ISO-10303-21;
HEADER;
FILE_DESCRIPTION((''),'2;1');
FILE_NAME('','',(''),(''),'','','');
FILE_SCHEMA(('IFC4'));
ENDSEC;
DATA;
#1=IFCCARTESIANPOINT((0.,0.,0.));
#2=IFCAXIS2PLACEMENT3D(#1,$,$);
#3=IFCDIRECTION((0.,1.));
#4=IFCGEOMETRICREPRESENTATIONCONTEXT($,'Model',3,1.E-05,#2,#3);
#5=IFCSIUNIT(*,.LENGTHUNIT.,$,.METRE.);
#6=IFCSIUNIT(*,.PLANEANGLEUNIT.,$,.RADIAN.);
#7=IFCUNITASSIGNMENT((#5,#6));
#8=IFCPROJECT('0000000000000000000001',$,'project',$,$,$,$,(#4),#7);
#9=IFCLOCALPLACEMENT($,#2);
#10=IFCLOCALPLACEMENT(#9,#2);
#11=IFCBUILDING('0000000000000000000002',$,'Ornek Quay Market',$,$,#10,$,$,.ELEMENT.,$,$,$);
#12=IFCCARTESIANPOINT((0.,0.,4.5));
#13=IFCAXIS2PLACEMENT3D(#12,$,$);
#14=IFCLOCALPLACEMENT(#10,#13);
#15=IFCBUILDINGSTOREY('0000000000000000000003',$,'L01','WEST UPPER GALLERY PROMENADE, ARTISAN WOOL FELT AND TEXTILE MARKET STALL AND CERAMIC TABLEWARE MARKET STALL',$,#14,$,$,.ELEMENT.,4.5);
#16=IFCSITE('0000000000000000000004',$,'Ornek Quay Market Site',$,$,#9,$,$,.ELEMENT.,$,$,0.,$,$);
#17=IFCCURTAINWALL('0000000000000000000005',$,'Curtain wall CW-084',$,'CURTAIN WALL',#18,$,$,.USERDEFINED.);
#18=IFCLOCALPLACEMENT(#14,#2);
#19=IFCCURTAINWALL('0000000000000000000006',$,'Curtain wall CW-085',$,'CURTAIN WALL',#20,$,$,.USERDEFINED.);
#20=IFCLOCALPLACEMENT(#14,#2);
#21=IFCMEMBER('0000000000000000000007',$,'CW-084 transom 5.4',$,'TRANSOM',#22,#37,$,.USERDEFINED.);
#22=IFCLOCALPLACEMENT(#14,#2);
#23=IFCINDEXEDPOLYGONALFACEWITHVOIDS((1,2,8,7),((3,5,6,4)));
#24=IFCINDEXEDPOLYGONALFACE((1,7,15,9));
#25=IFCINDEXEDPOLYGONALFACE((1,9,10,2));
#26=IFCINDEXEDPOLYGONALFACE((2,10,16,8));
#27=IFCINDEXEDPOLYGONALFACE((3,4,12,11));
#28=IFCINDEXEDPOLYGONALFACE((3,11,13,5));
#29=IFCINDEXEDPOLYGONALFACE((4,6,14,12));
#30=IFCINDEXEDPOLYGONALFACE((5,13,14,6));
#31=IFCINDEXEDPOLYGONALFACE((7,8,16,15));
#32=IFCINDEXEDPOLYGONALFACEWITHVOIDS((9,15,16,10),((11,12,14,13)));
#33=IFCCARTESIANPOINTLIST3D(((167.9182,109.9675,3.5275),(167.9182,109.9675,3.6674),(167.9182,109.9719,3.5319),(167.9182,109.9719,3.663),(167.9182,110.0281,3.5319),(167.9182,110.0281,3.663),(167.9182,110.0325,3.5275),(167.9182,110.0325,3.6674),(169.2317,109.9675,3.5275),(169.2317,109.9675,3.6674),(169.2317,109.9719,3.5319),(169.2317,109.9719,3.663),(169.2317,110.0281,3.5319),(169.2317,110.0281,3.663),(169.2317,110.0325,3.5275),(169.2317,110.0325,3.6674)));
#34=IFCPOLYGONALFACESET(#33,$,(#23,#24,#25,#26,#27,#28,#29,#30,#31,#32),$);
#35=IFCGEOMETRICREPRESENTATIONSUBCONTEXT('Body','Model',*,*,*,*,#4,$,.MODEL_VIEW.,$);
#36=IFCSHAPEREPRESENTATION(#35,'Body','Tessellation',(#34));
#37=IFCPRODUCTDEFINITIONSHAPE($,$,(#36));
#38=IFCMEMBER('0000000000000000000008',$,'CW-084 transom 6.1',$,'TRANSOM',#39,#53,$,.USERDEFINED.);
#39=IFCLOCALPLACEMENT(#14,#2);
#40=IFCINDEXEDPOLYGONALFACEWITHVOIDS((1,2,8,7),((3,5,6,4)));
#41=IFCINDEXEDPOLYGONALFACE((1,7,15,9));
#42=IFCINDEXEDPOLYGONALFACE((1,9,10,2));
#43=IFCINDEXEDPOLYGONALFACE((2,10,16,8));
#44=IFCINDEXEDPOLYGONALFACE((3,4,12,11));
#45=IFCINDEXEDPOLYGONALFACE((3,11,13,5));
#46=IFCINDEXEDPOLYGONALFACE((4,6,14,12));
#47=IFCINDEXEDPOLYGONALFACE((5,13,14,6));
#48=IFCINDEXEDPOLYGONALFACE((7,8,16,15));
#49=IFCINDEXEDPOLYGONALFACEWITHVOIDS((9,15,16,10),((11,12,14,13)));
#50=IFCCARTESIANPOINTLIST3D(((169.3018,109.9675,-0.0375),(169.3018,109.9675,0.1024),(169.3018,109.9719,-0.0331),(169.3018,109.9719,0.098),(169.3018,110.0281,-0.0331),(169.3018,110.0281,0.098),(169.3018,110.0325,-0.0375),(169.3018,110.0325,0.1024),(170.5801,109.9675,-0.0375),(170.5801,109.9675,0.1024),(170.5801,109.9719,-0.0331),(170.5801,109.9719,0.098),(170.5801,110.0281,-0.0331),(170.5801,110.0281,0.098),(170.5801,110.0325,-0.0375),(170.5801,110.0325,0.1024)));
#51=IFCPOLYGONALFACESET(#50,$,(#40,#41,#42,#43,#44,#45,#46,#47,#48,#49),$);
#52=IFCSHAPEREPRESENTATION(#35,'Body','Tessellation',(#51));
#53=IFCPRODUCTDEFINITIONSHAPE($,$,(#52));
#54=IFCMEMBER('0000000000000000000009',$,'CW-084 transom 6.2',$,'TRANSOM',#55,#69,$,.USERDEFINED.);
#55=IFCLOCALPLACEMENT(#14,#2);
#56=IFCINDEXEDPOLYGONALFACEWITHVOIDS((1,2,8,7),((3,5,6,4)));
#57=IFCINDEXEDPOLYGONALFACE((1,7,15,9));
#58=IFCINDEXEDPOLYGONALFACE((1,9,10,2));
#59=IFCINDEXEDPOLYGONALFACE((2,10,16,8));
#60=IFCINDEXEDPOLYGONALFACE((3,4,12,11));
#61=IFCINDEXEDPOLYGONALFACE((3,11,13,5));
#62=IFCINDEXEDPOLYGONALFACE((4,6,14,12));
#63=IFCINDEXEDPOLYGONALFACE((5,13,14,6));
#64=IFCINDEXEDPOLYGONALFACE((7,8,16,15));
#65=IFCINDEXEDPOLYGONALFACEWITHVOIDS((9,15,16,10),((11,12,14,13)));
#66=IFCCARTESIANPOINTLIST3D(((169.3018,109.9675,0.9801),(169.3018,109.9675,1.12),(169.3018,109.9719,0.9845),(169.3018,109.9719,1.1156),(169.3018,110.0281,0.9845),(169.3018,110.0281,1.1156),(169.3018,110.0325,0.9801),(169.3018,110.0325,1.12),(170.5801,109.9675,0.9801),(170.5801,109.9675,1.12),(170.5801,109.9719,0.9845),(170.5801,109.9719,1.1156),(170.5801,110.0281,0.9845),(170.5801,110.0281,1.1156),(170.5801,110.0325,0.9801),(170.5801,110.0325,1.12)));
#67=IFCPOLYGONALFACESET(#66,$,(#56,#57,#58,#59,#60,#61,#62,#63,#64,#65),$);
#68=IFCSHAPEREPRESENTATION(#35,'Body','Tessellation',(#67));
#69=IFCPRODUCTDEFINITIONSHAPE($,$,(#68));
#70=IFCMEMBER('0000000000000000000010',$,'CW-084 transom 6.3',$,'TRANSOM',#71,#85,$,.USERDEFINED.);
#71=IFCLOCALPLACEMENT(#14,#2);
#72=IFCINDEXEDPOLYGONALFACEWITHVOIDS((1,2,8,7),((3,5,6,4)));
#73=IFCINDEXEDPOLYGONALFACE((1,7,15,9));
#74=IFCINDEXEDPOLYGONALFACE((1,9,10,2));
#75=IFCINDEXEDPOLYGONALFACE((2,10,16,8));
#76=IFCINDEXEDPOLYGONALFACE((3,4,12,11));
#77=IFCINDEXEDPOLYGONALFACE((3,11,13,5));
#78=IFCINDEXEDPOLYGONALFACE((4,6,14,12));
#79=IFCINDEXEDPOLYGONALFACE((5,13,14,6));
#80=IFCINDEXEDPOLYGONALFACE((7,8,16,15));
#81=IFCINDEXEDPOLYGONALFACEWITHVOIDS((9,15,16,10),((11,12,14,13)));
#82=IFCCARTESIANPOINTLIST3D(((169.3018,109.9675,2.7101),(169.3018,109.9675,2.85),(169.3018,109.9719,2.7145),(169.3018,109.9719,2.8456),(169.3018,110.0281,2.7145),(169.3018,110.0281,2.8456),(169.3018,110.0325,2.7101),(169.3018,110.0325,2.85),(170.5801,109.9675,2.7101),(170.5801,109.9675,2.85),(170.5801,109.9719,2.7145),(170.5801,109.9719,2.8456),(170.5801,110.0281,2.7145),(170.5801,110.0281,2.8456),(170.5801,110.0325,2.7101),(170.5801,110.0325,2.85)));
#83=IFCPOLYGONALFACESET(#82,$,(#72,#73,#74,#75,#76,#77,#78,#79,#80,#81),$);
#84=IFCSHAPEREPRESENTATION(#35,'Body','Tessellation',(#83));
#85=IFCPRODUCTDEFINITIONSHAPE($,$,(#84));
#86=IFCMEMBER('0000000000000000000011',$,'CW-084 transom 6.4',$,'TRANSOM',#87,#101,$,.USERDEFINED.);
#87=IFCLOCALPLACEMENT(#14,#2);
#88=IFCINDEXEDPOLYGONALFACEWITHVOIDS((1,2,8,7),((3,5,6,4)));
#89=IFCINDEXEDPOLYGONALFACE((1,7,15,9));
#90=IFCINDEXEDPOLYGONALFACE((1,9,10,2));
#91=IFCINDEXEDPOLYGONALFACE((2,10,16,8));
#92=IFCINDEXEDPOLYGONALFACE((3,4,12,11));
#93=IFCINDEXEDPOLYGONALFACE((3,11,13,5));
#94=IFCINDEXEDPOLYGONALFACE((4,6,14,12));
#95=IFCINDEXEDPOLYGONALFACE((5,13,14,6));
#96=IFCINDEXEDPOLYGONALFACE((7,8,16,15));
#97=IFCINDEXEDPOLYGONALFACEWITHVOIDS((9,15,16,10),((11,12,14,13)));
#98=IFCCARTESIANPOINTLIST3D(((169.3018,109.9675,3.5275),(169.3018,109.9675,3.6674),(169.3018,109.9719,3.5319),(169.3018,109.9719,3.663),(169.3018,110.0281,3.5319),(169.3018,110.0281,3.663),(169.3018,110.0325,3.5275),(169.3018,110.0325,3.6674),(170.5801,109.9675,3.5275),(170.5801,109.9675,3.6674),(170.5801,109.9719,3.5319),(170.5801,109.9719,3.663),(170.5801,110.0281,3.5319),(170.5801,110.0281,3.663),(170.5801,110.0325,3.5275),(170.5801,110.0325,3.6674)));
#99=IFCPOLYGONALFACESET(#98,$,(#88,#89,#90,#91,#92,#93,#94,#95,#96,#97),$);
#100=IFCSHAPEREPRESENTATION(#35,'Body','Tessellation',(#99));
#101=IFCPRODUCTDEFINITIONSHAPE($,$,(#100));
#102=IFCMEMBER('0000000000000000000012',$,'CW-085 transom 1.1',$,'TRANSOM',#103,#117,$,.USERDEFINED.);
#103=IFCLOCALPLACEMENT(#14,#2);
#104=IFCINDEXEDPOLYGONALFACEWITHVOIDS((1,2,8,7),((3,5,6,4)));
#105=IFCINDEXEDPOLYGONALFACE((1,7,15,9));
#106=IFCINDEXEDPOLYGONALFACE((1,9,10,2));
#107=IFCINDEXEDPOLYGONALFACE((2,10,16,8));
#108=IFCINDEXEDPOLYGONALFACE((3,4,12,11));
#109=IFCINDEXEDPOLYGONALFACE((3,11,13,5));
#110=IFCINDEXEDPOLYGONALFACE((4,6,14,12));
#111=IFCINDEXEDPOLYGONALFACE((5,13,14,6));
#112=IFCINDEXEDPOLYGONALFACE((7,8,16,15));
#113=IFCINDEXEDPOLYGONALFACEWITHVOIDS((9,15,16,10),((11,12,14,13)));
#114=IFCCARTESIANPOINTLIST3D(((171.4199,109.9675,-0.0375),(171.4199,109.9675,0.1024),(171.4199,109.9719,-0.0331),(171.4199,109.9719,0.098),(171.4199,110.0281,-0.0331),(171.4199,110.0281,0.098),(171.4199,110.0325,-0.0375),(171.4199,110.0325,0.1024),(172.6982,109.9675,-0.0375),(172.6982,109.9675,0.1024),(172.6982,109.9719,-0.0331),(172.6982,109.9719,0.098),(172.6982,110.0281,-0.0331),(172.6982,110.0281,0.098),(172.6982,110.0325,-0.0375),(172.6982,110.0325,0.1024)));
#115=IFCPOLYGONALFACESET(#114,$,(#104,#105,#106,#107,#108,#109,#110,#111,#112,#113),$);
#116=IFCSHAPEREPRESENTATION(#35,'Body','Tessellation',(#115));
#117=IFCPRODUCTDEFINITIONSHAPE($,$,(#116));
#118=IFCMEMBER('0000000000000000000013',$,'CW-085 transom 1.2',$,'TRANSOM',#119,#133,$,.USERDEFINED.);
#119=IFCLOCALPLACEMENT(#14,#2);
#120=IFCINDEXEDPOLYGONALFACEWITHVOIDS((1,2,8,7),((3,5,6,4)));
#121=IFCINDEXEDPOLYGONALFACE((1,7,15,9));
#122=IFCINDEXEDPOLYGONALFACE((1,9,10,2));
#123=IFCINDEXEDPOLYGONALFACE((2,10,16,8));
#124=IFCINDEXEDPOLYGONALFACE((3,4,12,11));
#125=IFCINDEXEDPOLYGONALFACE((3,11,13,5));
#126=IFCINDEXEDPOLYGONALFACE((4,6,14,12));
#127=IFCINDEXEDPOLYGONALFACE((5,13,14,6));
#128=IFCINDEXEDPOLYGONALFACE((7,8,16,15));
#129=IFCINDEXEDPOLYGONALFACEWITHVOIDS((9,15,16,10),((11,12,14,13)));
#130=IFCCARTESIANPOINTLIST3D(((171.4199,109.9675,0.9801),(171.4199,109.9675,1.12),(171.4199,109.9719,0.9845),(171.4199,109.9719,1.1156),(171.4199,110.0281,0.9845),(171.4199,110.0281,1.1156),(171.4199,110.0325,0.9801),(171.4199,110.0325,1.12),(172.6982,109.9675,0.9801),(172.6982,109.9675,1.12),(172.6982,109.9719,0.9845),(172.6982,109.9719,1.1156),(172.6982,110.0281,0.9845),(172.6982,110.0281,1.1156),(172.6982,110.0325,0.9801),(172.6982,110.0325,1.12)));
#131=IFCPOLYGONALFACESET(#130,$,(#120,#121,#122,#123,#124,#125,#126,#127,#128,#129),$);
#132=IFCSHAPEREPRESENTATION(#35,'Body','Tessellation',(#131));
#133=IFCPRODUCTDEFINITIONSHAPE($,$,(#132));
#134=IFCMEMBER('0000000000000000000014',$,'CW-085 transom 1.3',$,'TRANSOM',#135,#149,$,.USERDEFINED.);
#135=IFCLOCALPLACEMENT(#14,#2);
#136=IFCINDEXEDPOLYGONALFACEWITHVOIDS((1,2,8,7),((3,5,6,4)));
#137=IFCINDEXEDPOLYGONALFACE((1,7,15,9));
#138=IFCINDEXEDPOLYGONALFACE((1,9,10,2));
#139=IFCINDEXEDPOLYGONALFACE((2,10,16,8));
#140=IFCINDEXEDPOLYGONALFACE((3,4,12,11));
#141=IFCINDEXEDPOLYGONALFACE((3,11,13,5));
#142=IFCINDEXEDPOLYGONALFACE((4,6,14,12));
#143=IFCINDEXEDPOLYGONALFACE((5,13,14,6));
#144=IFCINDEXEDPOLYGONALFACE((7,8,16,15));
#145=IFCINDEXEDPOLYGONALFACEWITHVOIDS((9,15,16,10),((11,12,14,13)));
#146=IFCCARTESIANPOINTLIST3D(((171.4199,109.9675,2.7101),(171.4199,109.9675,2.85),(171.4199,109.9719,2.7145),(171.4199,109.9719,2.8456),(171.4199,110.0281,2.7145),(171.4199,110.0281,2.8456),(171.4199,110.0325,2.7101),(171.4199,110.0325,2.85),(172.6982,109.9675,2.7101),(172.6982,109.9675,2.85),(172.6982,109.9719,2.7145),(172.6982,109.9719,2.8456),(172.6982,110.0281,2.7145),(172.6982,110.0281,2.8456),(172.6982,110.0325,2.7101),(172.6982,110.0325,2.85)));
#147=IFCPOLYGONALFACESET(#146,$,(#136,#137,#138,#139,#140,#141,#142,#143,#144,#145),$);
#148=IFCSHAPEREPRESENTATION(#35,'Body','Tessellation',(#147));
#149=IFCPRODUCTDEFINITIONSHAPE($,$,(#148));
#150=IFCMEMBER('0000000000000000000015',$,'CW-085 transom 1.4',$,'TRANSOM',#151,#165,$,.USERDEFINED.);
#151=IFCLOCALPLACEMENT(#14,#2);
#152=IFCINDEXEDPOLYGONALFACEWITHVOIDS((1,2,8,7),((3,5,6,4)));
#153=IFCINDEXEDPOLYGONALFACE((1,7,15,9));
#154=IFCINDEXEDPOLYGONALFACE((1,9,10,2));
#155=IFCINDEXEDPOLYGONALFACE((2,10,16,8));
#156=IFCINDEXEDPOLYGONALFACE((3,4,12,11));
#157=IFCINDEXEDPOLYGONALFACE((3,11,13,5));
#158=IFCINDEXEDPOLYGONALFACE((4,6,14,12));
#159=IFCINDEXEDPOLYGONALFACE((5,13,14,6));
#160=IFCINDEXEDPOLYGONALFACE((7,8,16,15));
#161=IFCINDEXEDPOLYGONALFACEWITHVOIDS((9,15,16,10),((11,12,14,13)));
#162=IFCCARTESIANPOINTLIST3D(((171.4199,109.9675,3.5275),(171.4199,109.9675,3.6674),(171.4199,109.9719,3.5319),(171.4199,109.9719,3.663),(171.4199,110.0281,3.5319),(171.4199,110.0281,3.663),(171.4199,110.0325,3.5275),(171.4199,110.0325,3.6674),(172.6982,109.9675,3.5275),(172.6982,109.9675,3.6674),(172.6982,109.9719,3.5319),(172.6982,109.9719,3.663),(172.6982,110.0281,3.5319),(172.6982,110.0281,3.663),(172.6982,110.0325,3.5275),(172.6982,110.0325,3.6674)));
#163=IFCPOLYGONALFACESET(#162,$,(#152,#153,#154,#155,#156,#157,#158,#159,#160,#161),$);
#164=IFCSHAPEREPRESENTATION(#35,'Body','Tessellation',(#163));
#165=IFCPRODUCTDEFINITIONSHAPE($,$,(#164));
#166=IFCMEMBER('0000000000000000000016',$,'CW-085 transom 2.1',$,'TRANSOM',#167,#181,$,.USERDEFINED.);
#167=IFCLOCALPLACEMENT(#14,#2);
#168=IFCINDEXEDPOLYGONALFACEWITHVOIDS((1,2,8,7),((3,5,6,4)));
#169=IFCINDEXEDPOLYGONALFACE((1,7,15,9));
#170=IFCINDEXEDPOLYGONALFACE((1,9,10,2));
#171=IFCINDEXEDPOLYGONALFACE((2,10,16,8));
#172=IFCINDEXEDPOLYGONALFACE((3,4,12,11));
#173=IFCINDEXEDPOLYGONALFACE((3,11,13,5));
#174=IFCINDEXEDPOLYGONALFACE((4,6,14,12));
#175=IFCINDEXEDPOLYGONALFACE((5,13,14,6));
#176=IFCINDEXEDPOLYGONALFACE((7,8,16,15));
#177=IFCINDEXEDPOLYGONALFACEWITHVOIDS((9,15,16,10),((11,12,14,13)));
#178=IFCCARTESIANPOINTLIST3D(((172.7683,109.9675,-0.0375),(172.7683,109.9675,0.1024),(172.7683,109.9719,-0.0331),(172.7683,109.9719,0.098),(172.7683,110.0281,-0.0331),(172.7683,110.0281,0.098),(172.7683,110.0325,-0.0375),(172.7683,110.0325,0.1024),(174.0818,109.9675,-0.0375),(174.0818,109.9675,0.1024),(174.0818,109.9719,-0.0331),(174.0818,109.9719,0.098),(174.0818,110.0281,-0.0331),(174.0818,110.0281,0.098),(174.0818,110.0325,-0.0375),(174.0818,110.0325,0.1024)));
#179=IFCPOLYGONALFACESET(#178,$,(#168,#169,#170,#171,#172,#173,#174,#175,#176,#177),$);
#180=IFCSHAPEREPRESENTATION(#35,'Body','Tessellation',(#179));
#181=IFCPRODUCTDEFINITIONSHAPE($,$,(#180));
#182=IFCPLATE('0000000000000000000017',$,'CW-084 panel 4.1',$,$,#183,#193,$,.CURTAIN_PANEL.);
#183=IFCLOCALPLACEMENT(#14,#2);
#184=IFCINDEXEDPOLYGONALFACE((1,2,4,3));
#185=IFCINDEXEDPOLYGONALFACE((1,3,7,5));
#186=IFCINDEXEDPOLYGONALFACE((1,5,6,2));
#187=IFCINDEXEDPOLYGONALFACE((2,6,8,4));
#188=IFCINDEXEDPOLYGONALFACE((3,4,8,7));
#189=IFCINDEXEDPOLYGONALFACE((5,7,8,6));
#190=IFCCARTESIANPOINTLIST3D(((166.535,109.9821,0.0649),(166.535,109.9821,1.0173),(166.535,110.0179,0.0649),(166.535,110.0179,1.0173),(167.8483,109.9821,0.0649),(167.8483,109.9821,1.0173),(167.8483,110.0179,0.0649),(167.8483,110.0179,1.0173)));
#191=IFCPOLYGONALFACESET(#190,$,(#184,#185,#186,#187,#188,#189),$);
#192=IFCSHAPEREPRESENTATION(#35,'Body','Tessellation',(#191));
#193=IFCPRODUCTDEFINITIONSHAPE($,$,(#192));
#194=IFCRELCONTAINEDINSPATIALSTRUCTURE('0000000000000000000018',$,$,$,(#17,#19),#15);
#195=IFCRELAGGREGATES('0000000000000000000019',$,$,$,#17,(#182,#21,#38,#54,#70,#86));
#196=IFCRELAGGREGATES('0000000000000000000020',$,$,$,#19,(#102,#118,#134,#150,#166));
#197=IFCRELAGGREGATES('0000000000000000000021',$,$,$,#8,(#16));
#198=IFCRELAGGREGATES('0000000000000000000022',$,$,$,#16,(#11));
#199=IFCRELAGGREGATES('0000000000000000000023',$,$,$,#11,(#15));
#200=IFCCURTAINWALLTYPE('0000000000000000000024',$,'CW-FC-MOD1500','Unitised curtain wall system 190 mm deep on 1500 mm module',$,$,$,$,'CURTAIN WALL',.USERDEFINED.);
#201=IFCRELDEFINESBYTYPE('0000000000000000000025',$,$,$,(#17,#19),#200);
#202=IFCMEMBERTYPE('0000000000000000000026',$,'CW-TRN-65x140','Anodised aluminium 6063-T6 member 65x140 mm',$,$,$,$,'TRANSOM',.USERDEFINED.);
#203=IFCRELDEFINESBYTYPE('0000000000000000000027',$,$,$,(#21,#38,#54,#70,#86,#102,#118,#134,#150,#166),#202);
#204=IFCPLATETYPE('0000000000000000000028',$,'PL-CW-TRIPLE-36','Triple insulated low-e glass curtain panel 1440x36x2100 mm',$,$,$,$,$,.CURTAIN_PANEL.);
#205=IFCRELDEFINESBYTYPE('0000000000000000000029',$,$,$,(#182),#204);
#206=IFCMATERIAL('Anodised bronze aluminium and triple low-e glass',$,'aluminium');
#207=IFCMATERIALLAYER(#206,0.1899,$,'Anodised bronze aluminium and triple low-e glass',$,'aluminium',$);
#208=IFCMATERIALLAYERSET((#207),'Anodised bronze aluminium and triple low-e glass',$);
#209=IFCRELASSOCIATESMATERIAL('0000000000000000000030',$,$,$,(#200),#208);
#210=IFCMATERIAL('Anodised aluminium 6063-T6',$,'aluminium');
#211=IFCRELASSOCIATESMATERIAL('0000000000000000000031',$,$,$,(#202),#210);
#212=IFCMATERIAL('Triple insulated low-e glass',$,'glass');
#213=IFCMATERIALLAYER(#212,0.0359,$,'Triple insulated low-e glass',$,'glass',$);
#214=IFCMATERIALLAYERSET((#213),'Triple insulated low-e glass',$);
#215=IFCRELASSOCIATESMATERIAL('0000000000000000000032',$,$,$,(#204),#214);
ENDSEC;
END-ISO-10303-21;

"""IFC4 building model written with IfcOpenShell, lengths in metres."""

from ifc_helpers import new_model, si_unit, direction, frame, origin, origin_2d, place, context, subcontext, project, spatial, rectangle, hollow_rectangle, extrude, material, layer, layer_set, material_profile, profile_set, type_object, element, aggregate, save


model = new_model("IFC4")

# Units and contexts
model_context = context("Model", 3, precision=1e-05, world=origin(), true_north=direction((0.0, 1.0)))
body_context = subcontext(model_context, "Body", "Model", "MODEL_VIEW")
ifc_project = project(units=[si_unit("LENGTHUNIT", "METRE"), si_unit("PLANEANGLEUNIT", "RADIAN")], contexts=[model_context])

# Site, building, storey
site_placement = place(None, origin())
site = spatial("IfcSite", under=ifc_project, at=site_placement, Name="Ornek Quay Market Site", CompositionType="ELEMENT", RefElevation=0.0)
building_placement = place(site_placement, origin())
building = spatial("IfcBuilding", under=site, at=building_placement, Name="Ornek Quay Market", CompositionType="ELEMENT")
storey_placement = place(building_placement, frame((0.0, 0.0, 4.5)))
storey = spatial("IfcBuildingStorey", under=building, at=storey_placement, Name="L01", Description="WEST UPPER GALLERY PROMENADE, ARTISAN WOOL FELT AND TEXTILE MARKET STALL AND CERAMIC TABLEWARE MARKET STALL", CompositionType="ELEMENT", Elevation=4.5)

# Curtain walls
ifc_material_1 = material(Name="Anodised bronze aluminium and triple low-e glass", Category="aluminium")
ifc_layer_1 = layer(ifc_material_1, 0.1899, Name="Anodised bronze aluminium and triple low-e glass", Category="aluminium")
ifc_layer_set_1 = layer_set([ifc_layer_1], Name="Anodised bronze aluminium and triple low-e glass")
curtain_wall_type = type_object("IfcCurtainWallType", Name="CW-FC-MOD1500", Description="Unitised curtain wall system 190 mm deep on 1500 mm module", ElementType="CURTAIN WALL", PredefinedType="USERDEFINED", material=ifc_layer_set_1)
curtain_wall_1_placement = place(storey_placement, origin())
curtain_wall_1 = element("IfcCurtainWall", 1, at=curtain_wall_1_placement, inside=storey, type_object=curtain_wall_type, Name="Curtain wall CW-084", ObjectType="CURTAIN WALL", PredefinedType="USERDEFINED")
ifc_material_2 = material(Name="Anodised aluminium 6063-T6", Category="aluminium")
curtain_wall_2_placement = place(storey_placement, origin())
curtain_wall_2 = element("IfcCurtainWall", 2, at=curtain_wall_2_placement, inside=storey, type_object=curtain_wall_type, Name="Curtain wall CW-085", ObjectType="CURTAIN WALL", PredefinedType="USERDEFINED")

# Members
ifc_material_profile_1 = material_profile(ifc_material_2, hollow_rectangle(XDim=0.0649, YDim=0.1399, WallThickness=0.0044, at=origin_2d()), Name="CW-TRN-65x140", Category="aluminium")
ifc_profile_set_1 = profile_set([ifc_material_profile_1], Name="Anodised aluminium 6063-T6")
member_type_1 = type_object("IfcMemberType", Name="CW-TRN-65x140", Description="Anodised aluminium 6063-T6 member 65x140 mm", ElementType="TRANSOM", PredefinedType="USERDEFINED", material=ifc_profile_set_1)
member_1_placement = place(storey_placement, frame((167.9182, 110.0, 3.5974), z_axis=(1.0, 0.0, 0.0), x_axis=(0.0, 1.0, 0.0)))
member_1 = element("IfcMember", 3, at=member_1_placement, type_object=member_type_1, Name="CW-084 transom 5.4", ObjectType="TRANSOM", PredefinedType="USERDEFINED", context=body_context, shape_type="SweptSolid", body=[
    extrude(hollow_rectangle(XDim=0.0649, YDim=0.1399, WallThickness=0.0044, at=origin_2d()), origin(), (0.0, 0.0, 1.0), 1.3135),
])
member_2_placement = place(storey_placement, frame((169.3018, 110.0, 0.0325), z_axis=(1.0, 0.0, 0.0), x_axis=(0.0, 1.0, 0.0)))
member_2 = element("IfcMember", 4, at=member_2_placement, type_object=member_type_1, Name="CW-084 transom 6.1", ObjectType="TRANSOM", PredefinedType="USERDEFINED", context=body_context, shape_type="SweptSolid", body=[
    extrude(hollow_rectangle(XDim=0.0649, YDim=0.1399, WallThickness=0.0044, at=origin_2d()), origin(), (0.0, 0.0, 1.0), 1.2783),
])
member_3_placement = place(storey_placement, frame((169.3018, 110.0, 1.05), z_axis=(1.0, 0.0, 0.0), x_axis=(0.0, 1.0, 0.0)))
member_3 = element("IfcMember", 5, at=member_3_placement, type_object=member_type_1, Name="CW-084 transom 6.2", ObjectType="TRANSOM", PredefinedType="USERDEFINED", context=body_context, shape_type="SweptSolid", body=[
    extrude(hollow_rectangle(XDim=0.0649, YDim=0.1399, WallThickness=0.0044, at=origin_2d()), origin(), (0.0, 0.0, 1.0), 1.2783),
])
member_4_placement = place(storey_placement, frame((169.3018, 110.0, 2.78), z_axis=(1.0, 0.0, 0.0), x_axis=(0.0, 1.0, 0.0)))
member_4 = element("IfcMember", 6, at=member_4_placement, type_object=member_type_1, Name="CW-084 transom 6.3", ObjectType="TRANSOM", PredefinedType="USERDEFINED", context=body_context, shape_type="SweptSolid", body=[
    extrude(hollow_rectangle(XDim=0.0649, YDim=0.1399, WallThickness=0.0044, at=origin_2d()), origin(), (0.0, 0.0, 1.0), 1.2783),
])
member_5_placement = place(storey_placement, frame((169.3018, 110.0, 3.5974), z_axis=(1.0, 0.0, 0.0), x_axis=(0.0, 1.0, 0.0)))
member_5 = element("IfcMember", 7, at=member_5_placement, type_object=member_type_1, Name="CW-084 transom 6.4", ObjectType="TRANSOM", PredefinedType="USERDEFINED", context=body_context, shape_type="SweptSolid", body=[
    extrude(hollow_rectangle(XDim=0.0649, YDim=0.1399, WallThickness=0.0044, at=origin_2d()), origin(), (0.0, 0.0, 1.0), 1.2783),
])
member_6_placement = place(storey_placement, frame((171.4199, 110.0, 0.0325), z_axis=(1.0, 0.0, 0.0), x_axis=(0.0, 1.0, 0.0)))
member_6 = element("IfcMember", 8, at=member_6_placement, type_object=member_type_1, Name="CW-085 transom 1.1", ObjectType="TRANSOM", PredefinedType="USERDEFINED", context=body_context, shape_type="SweptSolid", body=[
    extrude(hollow_rectangle(XDim=0.0649, YDim=0.1399, WallThickness=0.0044, at=origin_2d()), origin(), (0.0, 0.0, 1.0), 1.2783),
])
member_7_placement = place(storey_placement, frame((171.4199, 110.0, 1.05), z_axis=(1.0, 0.0, 0.0), x_axis=(0.0, 1.0, 0.0)))
member_7 = element("IfcMember", 9, at=member_7_placement, type_object=member_type_1, Name="CW-085 transom 1.2", ObjectType="TRANSOM", PredefinedType="USERDEFINED", context=body_context, shape_type="SweptSolid", body=[
    extrude(hollow_rectangle(XDim=0.0649, YDim=0.1399, WallThickness=0.0044, at=origin_2d()), origin(), (0.0, 0.0, 1.0), 1.2783),
])
member_8_placement = place(storey_placement, frame((171.4199, 110.0, 2.78), z_axis=(1.0, 0.0, 0.0), x_axis=(0.0, 1.0, 0.0)))
member_8 = element("IfcMember", 10, at=member_8_placement, type_object=member_type_1, Name="CW-085 transom 1.3", ObjectType="TRANSOM", PredefinedType="USERDEFINED", context=body_context, shape_type="SweptSolid", body=[
    extrude(hollow_rectangle(XDim=0.0649, YDim=0.1399, WallThickness=0.0044, at=origin_2d()), origin(), (0.0, 0.0, 1.0), 1.2783),
])
member_9_placement = place(storey_placement, frame((171.4199, 110.0, 3.5974), z_axis=(1.0, 0.0, 0.0), x_axis=(0.0, 1.0, 0.0)))
member_9 = element("IfcMember", 11, at=member_9_placement, type_object=member_type_1, Name="CW-085 transom 1.4", ObjectType="TRANSOM", PredefinedType="USERDEFINED", context=body_context, shape_type="SweptSolid", body=[
    extrude(hollow_rectangle(XDim=0.0649, YDim=0.1399, WallThickness=0.0044, at=origin_2d()), origin(), (0.0, 0.0, 1.0), 1.2783),
])
member_10_placement = place(storey_placement, frame((172.7683, 110.0, 0.0325), z_axis=(1.0, 0.0, 0.0), x_axis=(0.0, 1.0, 0.0)))
member_10 = element("IfcMember", 12, at=member_10_placement, type_object=member_type_1, Name="CW-085 transom 2.1", ObjectType="TRANSOM", PredefinedType="USERDEFINED", context=body_context, shape_type="SweptSolid", body=[
    extrude(hollow_rectangle(XDim=0.0649, YDim=0.1399, WallThickness=0.0044, at=origin_2d()), origin(), (0.0, 0.0, 1.0), 1.3135),
])

# Plate
ifc_material_3 = material(Name="Triple insulated low-e glass", Category="glass")
ifc_layer_2 = layer(ifc_material_3, 0.0359, Name="Triple insulated low-e glass", Category="glass")
ifc_layer_set_2 = layer_set([ifc_layer_2], Name="Triple insulated low-e glass")
plate_type = type_object("IfcPlateType", Name="PL-CW-TRIPLE-36", Description="Triple insulated low-e glass curtain panel 1440x36x2100 mm", PredefinedType="CURTAIN_PANEL", material=ifc_layer_set_2)
plate_1_placement = place(storey_placement, frame((167.1917, 110.0, 0.0649), z_axis=(0.0, 0.0, 1.0), x_axis=(1.0, 0.0, 0.0)))
plate_1 = element("IfcPlate", 13, at=plate_1_placement, type_object=plate_type, Name="CW-084 panel 4.1", PredefinedType="CURTAIN_PANEL", context=body_context, shape_type="SweptSolid", body=[
    extrude(rectangle(XDim=1.3132, YDim=0.0359, at=origin_2d()), origin(), (0.0, 0.0, 1.0), 0.9524),
])
aggregate(curtain_wall_1, [plate_1, member_1, member_2, member_3, member_4, member_5])
aggregate(curtain_wall_2, [member_6, member_7, member_8, member_9, member_10])

save(model, "model.ifc")
